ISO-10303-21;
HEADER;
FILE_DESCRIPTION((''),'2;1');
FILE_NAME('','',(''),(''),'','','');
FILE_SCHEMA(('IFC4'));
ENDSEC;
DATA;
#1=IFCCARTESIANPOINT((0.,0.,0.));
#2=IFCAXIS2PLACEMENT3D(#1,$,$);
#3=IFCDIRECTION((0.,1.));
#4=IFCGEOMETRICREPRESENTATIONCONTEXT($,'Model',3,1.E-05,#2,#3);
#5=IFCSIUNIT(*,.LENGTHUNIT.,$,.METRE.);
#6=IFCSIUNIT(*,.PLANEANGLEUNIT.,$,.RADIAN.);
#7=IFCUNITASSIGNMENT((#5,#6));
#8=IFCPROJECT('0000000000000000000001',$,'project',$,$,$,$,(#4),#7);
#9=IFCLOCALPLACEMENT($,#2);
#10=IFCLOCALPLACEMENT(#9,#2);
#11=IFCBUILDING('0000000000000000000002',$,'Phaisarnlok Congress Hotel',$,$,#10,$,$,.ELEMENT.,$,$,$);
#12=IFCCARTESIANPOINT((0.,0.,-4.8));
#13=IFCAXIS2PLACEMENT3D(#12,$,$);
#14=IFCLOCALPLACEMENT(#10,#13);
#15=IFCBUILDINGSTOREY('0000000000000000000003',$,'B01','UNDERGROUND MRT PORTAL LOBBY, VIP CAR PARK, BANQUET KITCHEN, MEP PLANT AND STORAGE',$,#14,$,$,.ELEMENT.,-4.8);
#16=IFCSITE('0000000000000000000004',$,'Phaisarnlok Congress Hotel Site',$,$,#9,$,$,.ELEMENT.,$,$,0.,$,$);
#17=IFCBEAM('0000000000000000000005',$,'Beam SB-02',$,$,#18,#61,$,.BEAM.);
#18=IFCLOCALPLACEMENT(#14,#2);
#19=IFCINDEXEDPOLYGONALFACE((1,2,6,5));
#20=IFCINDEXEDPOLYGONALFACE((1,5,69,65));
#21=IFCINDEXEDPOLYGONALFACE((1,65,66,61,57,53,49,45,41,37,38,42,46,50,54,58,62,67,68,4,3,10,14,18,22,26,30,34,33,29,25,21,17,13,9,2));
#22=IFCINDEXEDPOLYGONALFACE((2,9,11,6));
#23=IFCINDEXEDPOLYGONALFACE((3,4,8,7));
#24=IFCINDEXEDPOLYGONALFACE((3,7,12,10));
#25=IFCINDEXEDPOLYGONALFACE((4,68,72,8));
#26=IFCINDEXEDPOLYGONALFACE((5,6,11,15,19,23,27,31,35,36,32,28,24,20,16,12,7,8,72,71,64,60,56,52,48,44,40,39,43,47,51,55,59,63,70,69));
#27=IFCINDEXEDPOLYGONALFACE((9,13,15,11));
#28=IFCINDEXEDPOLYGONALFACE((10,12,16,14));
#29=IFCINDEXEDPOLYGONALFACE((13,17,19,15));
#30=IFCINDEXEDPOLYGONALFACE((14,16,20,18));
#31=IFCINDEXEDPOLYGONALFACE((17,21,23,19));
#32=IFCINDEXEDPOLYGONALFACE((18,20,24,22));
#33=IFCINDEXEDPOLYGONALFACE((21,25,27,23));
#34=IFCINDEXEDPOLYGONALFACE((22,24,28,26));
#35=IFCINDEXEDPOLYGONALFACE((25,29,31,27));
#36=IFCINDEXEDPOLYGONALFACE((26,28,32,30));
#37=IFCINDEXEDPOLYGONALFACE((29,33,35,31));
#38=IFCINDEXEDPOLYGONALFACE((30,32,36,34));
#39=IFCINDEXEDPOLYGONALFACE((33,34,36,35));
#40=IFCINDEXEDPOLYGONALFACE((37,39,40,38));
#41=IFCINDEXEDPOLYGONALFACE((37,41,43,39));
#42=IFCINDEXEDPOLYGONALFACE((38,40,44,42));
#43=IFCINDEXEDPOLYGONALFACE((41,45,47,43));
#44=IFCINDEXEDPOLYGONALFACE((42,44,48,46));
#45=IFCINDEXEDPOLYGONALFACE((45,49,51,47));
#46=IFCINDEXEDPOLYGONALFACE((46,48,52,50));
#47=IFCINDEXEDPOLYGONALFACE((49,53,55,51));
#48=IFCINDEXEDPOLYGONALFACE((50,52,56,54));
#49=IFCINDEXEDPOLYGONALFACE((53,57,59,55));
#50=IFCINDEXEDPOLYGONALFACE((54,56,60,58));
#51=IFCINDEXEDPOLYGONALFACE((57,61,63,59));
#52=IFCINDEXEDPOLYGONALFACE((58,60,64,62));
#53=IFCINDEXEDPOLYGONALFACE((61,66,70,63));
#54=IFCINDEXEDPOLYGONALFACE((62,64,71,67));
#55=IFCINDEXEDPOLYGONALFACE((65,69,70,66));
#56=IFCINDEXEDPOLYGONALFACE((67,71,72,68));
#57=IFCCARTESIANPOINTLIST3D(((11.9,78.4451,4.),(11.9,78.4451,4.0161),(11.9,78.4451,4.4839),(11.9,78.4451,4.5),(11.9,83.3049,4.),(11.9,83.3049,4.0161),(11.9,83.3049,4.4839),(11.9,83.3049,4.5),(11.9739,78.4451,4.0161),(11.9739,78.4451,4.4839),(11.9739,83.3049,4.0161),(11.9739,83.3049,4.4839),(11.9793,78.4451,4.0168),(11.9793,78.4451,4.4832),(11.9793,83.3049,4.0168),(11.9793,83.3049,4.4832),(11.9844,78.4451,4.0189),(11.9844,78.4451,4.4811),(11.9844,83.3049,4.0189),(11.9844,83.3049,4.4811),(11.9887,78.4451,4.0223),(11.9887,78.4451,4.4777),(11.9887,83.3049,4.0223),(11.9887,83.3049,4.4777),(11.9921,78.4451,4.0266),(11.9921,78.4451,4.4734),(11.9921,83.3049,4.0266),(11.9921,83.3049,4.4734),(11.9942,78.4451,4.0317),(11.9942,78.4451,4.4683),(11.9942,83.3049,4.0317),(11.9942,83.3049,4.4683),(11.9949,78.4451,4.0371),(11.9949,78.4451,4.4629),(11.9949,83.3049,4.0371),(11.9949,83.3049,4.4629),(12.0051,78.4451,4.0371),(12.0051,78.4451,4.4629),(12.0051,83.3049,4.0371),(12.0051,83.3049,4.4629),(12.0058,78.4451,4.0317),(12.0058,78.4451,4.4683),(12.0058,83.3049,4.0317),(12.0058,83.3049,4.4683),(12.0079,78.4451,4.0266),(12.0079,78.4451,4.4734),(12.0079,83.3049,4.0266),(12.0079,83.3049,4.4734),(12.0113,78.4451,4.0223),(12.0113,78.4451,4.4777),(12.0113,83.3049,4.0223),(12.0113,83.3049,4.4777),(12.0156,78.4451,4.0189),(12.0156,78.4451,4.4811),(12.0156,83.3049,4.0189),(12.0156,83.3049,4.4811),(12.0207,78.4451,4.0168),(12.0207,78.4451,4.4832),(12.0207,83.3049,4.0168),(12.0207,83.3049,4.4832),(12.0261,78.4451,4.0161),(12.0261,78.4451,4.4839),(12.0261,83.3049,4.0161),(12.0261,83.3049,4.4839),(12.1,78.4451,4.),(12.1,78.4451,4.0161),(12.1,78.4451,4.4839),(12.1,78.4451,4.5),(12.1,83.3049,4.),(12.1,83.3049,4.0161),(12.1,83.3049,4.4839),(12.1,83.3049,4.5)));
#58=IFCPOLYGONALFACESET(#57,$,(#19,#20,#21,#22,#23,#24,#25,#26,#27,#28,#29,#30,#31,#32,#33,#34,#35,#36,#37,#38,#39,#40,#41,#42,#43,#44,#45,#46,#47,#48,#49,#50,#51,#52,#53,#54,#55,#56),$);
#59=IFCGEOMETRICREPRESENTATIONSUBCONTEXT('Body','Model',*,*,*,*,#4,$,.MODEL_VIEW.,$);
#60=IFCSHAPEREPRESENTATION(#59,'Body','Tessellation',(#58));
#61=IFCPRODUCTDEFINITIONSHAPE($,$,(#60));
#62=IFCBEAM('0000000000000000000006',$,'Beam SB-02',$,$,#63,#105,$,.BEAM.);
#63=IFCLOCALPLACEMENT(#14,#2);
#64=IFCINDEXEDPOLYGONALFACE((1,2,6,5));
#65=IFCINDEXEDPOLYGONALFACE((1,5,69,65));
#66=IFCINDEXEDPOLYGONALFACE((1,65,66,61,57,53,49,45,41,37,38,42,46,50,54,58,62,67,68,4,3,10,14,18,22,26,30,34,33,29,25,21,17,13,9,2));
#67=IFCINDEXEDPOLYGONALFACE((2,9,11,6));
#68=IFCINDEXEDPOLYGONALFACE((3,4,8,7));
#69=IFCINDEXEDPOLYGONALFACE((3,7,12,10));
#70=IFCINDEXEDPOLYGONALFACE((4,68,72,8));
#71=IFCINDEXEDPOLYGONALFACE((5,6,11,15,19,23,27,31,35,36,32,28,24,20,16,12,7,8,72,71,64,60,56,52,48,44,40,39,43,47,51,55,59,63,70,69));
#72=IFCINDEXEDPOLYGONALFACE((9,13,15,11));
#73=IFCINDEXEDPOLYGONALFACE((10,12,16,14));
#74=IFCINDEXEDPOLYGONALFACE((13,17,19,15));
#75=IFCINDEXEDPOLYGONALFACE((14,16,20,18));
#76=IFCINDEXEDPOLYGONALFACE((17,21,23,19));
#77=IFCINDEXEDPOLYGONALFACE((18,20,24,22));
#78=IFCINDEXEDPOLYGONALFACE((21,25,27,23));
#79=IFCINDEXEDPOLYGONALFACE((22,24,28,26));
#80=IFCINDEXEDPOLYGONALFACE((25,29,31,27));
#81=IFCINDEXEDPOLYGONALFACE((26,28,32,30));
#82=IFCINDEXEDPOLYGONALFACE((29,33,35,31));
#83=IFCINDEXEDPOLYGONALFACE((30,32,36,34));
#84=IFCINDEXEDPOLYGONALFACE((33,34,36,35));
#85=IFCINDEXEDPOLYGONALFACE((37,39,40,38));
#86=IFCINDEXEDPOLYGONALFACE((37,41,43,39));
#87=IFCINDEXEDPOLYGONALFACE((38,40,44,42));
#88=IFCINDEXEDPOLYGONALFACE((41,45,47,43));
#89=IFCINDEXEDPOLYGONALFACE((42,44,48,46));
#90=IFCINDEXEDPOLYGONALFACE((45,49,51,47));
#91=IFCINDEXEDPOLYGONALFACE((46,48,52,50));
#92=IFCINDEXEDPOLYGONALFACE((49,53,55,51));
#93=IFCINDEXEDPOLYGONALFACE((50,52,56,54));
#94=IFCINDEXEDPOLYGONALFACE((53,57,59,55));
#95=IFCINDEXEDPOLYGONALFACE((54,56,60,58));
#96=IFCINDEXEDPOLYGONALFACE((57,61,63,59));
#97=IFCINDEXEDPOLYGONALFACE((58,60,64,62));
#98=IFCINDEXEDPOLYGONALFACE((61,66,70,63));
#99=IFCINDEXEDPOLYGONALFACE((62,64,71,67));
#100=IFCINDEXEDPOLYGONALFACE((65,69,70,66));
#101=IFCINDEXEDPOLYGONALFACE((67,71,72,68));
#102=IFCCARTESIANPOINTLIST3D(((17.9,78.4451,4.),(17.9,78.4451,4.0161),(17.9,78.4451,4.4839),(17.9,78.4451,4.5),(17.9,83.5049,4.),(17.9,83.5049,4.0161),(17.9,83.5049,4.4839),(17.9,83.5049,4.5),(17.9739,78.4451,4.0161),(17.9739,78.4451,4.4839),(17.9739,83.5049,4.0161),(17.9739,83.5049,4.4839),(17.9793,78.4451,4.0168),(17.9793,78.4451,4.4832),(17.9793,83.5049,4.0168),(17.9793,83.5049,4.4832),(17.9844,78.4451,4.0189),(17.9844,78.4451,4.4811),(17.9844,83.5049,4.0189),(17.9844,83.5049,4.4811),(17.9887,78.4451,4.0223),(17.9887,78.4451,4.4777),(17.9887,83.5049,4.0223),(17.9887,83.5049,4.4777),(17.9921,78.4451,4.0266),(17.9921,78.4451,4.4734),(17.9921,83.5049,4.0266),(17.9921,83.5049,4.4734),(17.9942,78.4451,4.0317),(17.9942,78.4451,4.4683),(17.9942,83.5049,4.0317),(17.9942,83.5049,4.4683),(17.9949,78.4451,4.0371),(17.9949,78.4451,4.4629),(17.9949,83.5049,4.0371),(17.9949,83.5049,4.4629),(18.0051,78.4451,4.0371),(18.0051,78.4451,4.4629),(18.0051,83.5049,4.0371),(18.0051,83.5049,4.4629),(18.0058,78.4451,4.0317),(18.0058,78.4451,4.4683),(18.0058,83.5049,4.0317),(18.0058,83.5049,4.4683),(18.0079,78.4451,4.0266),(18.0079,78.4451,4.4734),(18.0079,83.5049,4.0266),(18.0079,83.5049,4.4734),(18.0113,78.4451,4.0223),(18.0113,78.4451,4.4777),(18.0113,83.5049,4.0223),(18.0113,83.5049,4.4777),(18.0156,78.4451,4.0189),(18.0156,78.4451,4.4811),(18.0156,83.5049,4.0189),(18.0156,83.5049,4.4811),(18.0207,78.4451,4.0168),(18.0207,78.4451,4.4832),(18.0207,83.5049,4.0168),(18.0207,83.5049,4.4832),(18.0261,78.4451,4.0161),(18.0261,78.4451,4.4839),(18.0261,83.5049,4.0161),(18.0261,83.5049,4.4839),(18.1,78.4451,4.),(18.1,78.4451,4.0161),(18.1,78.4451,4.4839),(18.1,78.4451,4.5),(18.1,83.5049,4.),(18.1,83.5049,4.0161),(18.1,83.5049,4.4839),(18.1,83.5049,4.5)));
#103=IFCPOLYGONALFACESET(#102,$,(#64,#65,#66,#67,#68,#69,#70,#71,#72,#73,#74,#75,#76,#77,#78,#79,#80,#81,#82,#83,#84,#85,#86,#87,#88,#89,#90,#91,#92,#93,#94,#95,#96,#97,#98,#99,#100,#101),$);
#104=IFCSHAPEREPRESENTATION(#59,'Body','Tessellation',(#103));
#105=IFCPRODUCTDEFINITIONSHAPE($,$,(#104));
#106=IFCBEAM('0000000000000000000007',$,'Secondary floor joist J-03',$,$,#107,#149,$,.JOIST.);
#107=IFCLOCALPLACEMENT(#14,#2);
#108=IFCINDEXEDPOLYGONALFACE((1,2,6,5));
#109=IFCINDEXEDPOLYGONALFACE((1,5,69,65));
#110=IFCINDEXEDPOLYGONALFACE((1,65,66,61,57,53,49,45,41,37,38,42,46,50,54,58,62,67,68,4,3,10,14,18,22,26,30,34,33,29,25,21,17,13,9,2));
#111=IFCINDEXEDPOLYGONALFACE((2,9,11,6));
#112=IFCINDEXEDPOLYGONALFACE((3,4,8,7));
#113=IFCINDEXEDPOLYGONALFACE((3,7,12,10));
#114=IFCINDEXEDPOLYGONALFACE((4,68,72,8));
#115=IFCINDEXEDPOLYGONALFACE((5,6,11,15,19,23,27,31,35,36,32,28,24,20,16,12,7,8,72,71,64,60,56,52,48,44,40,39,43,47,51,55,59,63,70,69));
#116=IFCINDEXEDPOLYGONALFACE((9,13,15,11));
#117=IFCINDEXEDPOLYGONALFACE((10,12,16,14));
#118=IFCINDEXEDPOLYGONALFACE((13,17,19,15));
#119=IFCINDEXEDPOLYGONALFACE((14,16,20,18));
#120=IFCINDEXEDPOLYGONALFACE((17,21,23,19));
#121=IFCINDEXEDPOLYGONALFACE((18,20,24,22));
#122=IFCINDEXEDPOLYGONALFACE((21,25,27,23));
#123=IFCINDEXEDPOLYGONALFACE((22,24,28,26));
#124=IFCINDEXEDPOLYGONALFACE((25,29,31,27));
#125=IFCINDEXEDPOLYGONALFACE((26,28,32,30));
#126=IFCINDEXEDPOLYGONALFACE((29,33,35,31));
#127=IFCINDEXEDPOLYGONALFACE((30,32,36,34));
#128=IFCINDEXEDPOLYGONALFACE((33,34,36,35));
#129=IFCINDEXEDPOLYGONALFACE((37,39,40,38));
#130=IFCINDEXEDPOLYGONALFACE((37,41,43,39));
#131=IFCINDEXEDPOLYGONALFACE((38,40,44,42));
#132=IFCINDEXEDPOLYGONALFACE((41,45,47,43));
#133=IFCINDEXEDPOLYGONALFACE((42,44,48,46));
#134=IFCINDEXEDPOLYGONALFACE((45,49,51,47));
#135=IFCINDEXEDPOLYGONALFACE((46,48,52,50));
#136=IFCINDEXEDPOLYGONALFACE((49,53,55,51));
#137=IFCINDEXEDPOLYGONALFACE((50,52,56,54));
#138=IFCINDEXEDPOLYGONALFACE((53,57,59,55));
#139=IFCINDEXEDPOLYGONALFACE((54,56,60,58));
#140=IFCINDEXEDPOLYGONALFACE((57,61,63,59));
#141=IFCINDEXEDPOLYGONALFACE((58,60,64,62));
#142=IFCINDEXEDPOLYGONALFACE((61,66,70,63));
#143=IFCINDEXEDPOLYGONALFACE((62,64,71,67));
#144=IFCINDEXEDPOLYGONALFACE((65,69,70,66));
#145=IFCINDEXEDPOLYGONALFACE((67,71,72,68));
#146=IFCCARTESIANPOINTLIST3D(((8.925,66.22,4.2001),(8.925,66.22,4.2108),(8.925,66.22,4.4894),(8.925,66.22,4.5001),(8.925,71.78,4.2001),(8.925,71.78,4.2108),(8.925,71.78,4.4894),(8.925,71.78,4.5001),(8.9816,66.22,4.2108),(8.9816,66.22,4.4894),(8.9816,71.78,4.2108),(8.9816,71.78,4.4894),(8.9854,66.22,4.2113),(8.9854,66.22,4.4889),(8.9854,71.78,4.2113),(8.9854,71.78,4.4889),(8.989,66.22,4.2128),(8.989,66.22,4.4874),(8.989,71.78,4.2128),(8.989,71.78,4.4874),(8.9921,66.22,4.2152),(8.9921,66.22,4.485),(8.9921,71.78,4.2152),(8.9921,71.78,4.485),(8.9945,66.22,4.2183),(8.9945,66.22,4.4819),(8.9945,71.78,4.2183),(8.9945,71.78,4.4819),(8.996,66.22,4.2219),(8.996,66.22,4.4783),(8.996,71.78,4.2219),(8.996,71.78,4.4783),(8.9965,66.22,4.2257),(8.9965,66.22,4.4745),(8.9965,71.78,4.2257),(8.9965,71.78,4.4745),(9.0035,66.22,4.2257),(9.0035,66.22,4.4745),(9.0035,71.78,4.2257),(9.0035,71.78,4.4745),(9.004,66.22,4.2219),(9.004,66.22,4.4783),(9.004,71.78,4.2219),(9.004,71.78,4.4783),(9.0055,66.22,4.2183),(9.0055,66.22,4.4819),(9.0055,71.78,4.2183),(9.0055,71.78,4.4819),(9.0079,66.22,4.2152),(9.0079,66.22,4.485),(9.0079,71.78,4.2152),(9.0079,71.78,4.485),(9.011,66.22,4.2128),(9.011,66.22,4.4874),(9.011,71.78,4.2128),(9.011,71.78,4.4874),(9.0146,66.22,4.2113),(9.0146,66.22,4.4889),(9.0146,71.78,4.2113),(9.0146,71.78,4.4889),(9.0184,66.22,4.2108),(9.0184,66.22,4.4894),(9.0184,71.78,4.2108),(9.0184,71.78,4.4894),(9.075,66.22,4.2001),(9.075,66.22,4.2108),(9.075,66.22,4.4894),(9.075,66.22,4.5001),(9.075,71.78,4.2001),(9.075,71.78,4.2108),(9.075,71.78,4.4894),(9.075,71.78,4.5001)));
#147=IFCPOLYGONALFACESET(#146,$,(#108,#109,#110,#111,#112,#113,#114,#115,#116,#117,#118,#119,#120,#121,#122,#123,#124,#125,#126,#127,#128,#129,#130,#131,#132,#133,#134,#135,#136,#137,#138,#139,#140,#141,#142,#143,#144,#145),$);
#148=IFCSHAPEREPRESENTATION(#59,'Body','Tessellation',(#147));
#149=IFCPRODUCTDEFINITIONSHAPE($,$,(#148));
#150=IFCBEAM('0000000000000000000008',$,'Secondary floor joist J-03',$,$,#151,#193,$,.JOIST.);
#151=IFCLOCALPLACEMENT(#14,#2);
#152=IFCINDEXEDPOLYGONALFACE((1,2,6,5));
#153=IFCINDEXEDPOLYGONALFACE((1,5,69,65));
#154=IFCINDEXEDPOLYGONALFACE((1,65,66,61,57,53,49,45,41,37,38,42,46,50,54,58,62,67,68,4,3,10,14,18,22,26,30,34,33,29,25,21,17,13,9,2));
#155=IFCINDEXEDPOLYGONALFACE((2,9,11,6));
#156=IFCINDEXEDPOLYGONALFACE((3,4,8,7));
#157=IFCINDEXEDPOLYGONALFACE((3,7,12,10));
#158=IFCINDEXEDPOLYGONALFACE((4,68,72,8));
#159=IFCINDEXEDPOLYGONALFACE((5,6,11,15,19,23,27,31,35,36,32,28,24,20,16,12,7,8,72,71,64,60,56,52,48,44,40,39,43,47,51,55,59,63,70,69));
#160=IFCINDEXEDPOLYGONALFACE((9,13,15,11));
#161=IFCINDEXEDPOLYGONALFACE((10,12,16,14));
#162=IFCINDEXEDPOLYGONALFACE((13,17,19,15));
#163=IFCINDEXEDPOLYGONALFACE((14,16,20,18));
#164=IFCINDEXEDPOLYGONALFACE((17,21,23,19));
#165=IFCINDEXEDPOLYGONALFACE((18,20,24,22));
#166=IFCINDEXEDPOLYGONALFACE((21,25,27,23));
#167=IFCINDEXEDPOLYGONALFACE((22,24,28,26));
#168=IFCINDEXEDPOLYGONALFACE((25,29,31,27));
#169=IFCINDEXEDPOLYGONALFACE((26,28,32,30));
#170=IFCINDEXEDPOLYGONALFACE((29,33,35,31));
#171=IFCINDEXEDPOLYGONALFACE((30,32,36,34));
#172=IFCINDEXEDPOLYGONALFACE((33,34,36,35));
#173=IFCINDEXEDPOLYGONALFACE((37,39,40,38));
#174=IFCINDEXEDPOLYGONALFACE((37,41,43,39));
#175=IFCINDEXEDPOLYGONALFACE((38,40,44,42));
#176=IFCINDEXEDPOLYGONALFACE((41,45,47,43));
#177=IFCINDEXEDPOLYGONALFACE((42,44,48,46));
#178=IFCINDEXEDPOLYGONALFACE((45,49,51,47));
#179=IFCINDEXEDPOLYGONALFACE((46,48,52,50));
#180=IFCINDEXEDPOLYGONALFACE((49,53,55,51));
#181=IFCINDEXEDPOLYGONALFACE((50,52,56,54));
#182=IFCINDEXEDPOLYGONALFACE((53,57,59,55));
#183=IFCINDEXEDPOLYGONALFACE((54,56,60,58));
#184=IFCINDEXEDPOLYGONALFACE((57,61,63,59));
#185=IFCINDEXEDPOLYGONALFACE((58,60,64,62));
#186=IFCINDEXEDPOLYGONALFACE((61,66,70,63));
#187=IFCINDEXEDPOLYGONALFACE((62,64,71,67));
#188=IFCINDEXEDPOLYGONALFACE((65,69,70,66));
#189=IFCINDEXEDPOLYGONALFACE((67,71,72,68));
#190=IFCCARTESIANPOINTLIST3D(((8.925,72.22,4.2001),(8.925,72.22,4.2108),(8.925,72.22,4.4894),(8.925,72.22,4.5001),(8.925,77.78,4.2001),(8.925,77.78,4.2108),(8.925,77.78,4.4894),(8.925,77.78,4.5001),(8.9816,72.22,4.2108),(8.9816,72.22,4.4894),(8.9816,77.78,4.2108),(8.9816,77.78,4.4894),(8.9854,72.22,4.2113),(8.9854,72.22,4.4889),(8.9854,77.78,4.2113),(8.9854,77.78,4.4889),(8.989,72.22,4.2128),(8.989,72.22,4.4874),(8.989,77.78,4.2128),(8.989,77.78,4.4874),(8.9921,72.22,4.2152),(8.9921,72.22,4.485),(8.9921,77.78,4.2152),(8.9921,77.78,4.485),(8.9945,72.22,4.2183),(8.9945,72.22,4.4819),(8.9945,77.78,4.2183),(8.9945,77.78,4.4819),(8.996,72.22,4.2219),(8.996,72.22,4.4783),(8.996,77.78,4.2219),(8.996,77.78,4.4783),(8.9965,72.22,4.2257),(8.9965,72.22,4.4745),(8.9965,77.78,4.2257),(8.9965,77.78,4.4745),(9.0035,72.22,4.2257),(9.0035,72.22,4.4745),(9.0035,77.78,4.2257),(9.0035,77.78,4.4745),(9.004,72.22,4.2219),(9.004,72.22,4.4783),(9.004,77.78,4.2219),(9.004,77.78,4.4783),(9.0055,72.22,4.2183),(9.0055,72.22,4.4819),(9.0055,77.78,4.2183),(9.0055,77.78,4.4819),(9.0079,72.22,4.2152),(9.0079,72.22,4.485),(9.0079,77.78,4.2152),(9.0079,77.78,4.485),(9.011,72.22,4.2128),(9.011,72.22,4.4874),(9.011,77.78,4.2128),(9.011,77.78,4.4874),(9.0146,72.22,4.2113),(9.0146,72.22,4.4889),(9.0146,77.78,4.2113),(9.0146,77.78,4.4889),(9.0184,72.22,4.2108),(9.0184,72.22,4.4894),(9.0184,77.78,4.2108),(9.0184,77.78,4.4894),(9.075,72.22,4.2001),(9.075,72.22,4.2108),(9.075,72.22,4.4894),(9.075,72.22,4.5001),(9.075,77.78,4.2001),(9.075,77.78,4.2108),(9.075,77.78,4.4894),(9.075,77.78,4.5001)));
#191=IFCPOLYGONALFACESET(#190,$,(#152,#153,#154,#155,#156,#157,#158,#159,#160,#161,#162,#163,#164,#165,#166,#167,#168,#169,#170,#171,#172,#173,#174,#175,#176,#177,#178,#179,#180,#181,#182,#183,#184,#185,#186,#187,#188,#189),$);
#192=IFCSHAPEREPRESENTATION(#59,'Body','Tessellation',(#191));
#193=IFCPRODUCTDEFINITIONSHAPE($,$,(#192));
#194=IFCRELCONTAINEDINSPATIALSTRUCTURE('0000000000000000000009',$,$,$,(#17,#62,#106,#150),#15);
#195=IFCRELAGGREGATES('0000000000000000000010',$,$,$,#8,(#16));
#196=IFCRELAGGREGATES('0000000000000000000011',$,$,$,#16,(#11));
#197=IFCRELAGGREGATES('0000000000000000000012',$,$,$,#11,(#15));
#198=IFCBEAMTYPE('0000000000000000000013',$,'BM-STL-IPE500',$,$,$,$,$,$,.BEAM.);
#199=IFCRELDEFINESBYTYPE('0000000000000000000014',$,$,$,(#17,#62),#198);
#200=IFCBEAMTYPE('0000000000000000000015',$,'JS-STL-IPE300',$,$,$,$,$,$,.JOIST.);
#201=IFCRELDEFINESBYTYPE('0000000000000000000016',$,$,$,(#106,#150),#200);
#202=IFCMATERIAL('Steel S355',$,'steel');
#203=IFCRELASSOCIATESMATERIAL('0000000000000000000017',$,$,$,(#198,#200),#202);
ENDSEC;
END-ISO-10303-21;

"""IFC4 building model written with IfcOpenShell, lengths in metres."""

from ifc_helpers import new_model, si_unit, direction, frame, origin, origin_2d, place, context, subcontext, project, spatial, i_section, extrude, material, material_profile, profile_set, type_object, element, save


model = new_model("IFC4")

# Units and contexts
model_context = context("Model", 3, precision=1e-05, world=origin(), true_north=direction((0.0, 1.0)))
body_context = subcontext(model_context, "Body", "Model", "MODEL_VIEW")
ifc_project = project(units=[si_unit("LENGTHUNIT", "METRE"), si_unit("PLANEANGLEUNIT", "RADIAN")], contexts=[model_context])

# Site, building, storey
site_placement = place(None, origin())
site = spatial("IfcSite", under=ifc_project, at=site_placement, Name="Phaisarnlok Congress Hotel Site", CompositionType="ELEMENT", RefElevation=0.0)
building_placement = place(site_placement, origin())
building = spatial("IfcBuilding", under=site, at=building_placement, Name="Phaisarnlok Congress Hotel", CompositionType="ELEMENT")
storey_placement = place(building_placement, frame((0.0, 0.0, -4.8)))
storey = spatial("IfcBuildingStorey", under=building, at=storey_placement, Name="B01", Description="UNDERGROUND MRT PORTAL LOBBY, VIP CAR PARK, BANQUET KITCHEN, MEP PLANT AND STORAGE", CompositionType="ELEMENT", Elevation=-4.8)

# Beams
ifc_material_1 = material(Name="Steel S355", Category="steel")
ifc_material_profile_1 = material_profile(ifc_material_1, i_section(OverallWidth=0.2, OverallDepth=0.5, WebThickness=0.0103, FlangeThickness=0.0161, FilletRadius=0.021, at=origin_2d()), Name="IPE 500")
ifc_profile_set_1 = profile_set([ifc_material_profile_1], Name="Steel S355")
beam_type_1 = type_object("IfcBeamType", Name="BM-STL-IPE500", PredefinedType="BEAM", material=ifc_profile_set_1)
beam_1_placement = place(storey_placement, frame((12.0, 78.4451, 4.25), z_axis=(0.0, 1.0, 0.0), x_axis=(-1.0, 0.0, 0.0)))
element("IfcBeam", 1, at=beam_1_placement, inside=storey, type_object=beam_type_1, Name="Beam SB-02", PredefinedType="BEAM", context=body_context, shape_type="SweptSolid", body=[
    extrude(i_section(OverallWidth=0.2, OverallDepth=0.5, WebThickness=0.0103, FlangeThickness=0.0161, FilletRadius=0.021, at=origin_2d()), origin(), (0.0, 0.0, 1.0), 4.8599),
])
beam_2_placement = place(storey_placement, frame((18.0, 78.4451, 4.25), z_axis=(0.0, 1.0, 0.0), x_axis=(-1.0, 0.0, 0.0)))
element("IfcBeam", 2, at=beam_2_placement, inside=storey, type_object=beam_type_1, Name="Beam SB-02", PredefinedType="BEAM", context=body_context, shape_type="SweptSolid", body=[
    extrude(i_section(OverallWidth=0.2, OverallDepth=0.5, WebThickness=0.0103, FlangeThickness=0.0161, FilletRadius=0.021, at=origin_2d()), origin(), (0.0, 0.0, 1.0), 5.0598),
])
ifc_material_profile_2 = material_profile(ifc_material_1, i_section(OverallWidth=0.1499, OverallDepth=0.3, WebThickness=0.0071, FlangeThickness=0.0107, FilletRadius=0.0149, at=origin_2d()), Name="IPE 300")
ifc_profile_set_2 = profile_set([ifc_material_profile_2], Name="Steel S355")
beam_type_2 = type_object("IfcBeamType", Name="JS-STL-IPE300", PredefinedType="JOIST", material=ifc_profile_set_2)
for number, where, z_axis, x_axis, name in (
    (3, (9.0, 66.22, 4.3501), (0.0, 1.0, 0.0), (-1.0, 0.0, 0.0), "Secondary floor joist J-03"),
    (4, (9.0, 72.22, 4.3501), (0.0, 1.0, 0.0), (-1.0, 0.0, 0.0), "Secondary floor joist J-03"),
):
    element("IfcBeam", number, at=place(storey_placement, frame(where, z_axis=z_axis, x_axis=x_axis)), inside=storey, type_object=beam_type_2, Name=name, PredefinedType="JOIST", context=body_context, shape_type="SweptSolid", body=[
        extrude(i_section(OverallWidth=0.1499, OverallDepth=0.3, WebThickness=0.0071, FlangeThickness=0.0107, FilletRadius=0.0149, at=origin_2d()), origin(), (0.0, 0.0, 1.0), 5.5601),
    ])

save(model, "model.ifc")
